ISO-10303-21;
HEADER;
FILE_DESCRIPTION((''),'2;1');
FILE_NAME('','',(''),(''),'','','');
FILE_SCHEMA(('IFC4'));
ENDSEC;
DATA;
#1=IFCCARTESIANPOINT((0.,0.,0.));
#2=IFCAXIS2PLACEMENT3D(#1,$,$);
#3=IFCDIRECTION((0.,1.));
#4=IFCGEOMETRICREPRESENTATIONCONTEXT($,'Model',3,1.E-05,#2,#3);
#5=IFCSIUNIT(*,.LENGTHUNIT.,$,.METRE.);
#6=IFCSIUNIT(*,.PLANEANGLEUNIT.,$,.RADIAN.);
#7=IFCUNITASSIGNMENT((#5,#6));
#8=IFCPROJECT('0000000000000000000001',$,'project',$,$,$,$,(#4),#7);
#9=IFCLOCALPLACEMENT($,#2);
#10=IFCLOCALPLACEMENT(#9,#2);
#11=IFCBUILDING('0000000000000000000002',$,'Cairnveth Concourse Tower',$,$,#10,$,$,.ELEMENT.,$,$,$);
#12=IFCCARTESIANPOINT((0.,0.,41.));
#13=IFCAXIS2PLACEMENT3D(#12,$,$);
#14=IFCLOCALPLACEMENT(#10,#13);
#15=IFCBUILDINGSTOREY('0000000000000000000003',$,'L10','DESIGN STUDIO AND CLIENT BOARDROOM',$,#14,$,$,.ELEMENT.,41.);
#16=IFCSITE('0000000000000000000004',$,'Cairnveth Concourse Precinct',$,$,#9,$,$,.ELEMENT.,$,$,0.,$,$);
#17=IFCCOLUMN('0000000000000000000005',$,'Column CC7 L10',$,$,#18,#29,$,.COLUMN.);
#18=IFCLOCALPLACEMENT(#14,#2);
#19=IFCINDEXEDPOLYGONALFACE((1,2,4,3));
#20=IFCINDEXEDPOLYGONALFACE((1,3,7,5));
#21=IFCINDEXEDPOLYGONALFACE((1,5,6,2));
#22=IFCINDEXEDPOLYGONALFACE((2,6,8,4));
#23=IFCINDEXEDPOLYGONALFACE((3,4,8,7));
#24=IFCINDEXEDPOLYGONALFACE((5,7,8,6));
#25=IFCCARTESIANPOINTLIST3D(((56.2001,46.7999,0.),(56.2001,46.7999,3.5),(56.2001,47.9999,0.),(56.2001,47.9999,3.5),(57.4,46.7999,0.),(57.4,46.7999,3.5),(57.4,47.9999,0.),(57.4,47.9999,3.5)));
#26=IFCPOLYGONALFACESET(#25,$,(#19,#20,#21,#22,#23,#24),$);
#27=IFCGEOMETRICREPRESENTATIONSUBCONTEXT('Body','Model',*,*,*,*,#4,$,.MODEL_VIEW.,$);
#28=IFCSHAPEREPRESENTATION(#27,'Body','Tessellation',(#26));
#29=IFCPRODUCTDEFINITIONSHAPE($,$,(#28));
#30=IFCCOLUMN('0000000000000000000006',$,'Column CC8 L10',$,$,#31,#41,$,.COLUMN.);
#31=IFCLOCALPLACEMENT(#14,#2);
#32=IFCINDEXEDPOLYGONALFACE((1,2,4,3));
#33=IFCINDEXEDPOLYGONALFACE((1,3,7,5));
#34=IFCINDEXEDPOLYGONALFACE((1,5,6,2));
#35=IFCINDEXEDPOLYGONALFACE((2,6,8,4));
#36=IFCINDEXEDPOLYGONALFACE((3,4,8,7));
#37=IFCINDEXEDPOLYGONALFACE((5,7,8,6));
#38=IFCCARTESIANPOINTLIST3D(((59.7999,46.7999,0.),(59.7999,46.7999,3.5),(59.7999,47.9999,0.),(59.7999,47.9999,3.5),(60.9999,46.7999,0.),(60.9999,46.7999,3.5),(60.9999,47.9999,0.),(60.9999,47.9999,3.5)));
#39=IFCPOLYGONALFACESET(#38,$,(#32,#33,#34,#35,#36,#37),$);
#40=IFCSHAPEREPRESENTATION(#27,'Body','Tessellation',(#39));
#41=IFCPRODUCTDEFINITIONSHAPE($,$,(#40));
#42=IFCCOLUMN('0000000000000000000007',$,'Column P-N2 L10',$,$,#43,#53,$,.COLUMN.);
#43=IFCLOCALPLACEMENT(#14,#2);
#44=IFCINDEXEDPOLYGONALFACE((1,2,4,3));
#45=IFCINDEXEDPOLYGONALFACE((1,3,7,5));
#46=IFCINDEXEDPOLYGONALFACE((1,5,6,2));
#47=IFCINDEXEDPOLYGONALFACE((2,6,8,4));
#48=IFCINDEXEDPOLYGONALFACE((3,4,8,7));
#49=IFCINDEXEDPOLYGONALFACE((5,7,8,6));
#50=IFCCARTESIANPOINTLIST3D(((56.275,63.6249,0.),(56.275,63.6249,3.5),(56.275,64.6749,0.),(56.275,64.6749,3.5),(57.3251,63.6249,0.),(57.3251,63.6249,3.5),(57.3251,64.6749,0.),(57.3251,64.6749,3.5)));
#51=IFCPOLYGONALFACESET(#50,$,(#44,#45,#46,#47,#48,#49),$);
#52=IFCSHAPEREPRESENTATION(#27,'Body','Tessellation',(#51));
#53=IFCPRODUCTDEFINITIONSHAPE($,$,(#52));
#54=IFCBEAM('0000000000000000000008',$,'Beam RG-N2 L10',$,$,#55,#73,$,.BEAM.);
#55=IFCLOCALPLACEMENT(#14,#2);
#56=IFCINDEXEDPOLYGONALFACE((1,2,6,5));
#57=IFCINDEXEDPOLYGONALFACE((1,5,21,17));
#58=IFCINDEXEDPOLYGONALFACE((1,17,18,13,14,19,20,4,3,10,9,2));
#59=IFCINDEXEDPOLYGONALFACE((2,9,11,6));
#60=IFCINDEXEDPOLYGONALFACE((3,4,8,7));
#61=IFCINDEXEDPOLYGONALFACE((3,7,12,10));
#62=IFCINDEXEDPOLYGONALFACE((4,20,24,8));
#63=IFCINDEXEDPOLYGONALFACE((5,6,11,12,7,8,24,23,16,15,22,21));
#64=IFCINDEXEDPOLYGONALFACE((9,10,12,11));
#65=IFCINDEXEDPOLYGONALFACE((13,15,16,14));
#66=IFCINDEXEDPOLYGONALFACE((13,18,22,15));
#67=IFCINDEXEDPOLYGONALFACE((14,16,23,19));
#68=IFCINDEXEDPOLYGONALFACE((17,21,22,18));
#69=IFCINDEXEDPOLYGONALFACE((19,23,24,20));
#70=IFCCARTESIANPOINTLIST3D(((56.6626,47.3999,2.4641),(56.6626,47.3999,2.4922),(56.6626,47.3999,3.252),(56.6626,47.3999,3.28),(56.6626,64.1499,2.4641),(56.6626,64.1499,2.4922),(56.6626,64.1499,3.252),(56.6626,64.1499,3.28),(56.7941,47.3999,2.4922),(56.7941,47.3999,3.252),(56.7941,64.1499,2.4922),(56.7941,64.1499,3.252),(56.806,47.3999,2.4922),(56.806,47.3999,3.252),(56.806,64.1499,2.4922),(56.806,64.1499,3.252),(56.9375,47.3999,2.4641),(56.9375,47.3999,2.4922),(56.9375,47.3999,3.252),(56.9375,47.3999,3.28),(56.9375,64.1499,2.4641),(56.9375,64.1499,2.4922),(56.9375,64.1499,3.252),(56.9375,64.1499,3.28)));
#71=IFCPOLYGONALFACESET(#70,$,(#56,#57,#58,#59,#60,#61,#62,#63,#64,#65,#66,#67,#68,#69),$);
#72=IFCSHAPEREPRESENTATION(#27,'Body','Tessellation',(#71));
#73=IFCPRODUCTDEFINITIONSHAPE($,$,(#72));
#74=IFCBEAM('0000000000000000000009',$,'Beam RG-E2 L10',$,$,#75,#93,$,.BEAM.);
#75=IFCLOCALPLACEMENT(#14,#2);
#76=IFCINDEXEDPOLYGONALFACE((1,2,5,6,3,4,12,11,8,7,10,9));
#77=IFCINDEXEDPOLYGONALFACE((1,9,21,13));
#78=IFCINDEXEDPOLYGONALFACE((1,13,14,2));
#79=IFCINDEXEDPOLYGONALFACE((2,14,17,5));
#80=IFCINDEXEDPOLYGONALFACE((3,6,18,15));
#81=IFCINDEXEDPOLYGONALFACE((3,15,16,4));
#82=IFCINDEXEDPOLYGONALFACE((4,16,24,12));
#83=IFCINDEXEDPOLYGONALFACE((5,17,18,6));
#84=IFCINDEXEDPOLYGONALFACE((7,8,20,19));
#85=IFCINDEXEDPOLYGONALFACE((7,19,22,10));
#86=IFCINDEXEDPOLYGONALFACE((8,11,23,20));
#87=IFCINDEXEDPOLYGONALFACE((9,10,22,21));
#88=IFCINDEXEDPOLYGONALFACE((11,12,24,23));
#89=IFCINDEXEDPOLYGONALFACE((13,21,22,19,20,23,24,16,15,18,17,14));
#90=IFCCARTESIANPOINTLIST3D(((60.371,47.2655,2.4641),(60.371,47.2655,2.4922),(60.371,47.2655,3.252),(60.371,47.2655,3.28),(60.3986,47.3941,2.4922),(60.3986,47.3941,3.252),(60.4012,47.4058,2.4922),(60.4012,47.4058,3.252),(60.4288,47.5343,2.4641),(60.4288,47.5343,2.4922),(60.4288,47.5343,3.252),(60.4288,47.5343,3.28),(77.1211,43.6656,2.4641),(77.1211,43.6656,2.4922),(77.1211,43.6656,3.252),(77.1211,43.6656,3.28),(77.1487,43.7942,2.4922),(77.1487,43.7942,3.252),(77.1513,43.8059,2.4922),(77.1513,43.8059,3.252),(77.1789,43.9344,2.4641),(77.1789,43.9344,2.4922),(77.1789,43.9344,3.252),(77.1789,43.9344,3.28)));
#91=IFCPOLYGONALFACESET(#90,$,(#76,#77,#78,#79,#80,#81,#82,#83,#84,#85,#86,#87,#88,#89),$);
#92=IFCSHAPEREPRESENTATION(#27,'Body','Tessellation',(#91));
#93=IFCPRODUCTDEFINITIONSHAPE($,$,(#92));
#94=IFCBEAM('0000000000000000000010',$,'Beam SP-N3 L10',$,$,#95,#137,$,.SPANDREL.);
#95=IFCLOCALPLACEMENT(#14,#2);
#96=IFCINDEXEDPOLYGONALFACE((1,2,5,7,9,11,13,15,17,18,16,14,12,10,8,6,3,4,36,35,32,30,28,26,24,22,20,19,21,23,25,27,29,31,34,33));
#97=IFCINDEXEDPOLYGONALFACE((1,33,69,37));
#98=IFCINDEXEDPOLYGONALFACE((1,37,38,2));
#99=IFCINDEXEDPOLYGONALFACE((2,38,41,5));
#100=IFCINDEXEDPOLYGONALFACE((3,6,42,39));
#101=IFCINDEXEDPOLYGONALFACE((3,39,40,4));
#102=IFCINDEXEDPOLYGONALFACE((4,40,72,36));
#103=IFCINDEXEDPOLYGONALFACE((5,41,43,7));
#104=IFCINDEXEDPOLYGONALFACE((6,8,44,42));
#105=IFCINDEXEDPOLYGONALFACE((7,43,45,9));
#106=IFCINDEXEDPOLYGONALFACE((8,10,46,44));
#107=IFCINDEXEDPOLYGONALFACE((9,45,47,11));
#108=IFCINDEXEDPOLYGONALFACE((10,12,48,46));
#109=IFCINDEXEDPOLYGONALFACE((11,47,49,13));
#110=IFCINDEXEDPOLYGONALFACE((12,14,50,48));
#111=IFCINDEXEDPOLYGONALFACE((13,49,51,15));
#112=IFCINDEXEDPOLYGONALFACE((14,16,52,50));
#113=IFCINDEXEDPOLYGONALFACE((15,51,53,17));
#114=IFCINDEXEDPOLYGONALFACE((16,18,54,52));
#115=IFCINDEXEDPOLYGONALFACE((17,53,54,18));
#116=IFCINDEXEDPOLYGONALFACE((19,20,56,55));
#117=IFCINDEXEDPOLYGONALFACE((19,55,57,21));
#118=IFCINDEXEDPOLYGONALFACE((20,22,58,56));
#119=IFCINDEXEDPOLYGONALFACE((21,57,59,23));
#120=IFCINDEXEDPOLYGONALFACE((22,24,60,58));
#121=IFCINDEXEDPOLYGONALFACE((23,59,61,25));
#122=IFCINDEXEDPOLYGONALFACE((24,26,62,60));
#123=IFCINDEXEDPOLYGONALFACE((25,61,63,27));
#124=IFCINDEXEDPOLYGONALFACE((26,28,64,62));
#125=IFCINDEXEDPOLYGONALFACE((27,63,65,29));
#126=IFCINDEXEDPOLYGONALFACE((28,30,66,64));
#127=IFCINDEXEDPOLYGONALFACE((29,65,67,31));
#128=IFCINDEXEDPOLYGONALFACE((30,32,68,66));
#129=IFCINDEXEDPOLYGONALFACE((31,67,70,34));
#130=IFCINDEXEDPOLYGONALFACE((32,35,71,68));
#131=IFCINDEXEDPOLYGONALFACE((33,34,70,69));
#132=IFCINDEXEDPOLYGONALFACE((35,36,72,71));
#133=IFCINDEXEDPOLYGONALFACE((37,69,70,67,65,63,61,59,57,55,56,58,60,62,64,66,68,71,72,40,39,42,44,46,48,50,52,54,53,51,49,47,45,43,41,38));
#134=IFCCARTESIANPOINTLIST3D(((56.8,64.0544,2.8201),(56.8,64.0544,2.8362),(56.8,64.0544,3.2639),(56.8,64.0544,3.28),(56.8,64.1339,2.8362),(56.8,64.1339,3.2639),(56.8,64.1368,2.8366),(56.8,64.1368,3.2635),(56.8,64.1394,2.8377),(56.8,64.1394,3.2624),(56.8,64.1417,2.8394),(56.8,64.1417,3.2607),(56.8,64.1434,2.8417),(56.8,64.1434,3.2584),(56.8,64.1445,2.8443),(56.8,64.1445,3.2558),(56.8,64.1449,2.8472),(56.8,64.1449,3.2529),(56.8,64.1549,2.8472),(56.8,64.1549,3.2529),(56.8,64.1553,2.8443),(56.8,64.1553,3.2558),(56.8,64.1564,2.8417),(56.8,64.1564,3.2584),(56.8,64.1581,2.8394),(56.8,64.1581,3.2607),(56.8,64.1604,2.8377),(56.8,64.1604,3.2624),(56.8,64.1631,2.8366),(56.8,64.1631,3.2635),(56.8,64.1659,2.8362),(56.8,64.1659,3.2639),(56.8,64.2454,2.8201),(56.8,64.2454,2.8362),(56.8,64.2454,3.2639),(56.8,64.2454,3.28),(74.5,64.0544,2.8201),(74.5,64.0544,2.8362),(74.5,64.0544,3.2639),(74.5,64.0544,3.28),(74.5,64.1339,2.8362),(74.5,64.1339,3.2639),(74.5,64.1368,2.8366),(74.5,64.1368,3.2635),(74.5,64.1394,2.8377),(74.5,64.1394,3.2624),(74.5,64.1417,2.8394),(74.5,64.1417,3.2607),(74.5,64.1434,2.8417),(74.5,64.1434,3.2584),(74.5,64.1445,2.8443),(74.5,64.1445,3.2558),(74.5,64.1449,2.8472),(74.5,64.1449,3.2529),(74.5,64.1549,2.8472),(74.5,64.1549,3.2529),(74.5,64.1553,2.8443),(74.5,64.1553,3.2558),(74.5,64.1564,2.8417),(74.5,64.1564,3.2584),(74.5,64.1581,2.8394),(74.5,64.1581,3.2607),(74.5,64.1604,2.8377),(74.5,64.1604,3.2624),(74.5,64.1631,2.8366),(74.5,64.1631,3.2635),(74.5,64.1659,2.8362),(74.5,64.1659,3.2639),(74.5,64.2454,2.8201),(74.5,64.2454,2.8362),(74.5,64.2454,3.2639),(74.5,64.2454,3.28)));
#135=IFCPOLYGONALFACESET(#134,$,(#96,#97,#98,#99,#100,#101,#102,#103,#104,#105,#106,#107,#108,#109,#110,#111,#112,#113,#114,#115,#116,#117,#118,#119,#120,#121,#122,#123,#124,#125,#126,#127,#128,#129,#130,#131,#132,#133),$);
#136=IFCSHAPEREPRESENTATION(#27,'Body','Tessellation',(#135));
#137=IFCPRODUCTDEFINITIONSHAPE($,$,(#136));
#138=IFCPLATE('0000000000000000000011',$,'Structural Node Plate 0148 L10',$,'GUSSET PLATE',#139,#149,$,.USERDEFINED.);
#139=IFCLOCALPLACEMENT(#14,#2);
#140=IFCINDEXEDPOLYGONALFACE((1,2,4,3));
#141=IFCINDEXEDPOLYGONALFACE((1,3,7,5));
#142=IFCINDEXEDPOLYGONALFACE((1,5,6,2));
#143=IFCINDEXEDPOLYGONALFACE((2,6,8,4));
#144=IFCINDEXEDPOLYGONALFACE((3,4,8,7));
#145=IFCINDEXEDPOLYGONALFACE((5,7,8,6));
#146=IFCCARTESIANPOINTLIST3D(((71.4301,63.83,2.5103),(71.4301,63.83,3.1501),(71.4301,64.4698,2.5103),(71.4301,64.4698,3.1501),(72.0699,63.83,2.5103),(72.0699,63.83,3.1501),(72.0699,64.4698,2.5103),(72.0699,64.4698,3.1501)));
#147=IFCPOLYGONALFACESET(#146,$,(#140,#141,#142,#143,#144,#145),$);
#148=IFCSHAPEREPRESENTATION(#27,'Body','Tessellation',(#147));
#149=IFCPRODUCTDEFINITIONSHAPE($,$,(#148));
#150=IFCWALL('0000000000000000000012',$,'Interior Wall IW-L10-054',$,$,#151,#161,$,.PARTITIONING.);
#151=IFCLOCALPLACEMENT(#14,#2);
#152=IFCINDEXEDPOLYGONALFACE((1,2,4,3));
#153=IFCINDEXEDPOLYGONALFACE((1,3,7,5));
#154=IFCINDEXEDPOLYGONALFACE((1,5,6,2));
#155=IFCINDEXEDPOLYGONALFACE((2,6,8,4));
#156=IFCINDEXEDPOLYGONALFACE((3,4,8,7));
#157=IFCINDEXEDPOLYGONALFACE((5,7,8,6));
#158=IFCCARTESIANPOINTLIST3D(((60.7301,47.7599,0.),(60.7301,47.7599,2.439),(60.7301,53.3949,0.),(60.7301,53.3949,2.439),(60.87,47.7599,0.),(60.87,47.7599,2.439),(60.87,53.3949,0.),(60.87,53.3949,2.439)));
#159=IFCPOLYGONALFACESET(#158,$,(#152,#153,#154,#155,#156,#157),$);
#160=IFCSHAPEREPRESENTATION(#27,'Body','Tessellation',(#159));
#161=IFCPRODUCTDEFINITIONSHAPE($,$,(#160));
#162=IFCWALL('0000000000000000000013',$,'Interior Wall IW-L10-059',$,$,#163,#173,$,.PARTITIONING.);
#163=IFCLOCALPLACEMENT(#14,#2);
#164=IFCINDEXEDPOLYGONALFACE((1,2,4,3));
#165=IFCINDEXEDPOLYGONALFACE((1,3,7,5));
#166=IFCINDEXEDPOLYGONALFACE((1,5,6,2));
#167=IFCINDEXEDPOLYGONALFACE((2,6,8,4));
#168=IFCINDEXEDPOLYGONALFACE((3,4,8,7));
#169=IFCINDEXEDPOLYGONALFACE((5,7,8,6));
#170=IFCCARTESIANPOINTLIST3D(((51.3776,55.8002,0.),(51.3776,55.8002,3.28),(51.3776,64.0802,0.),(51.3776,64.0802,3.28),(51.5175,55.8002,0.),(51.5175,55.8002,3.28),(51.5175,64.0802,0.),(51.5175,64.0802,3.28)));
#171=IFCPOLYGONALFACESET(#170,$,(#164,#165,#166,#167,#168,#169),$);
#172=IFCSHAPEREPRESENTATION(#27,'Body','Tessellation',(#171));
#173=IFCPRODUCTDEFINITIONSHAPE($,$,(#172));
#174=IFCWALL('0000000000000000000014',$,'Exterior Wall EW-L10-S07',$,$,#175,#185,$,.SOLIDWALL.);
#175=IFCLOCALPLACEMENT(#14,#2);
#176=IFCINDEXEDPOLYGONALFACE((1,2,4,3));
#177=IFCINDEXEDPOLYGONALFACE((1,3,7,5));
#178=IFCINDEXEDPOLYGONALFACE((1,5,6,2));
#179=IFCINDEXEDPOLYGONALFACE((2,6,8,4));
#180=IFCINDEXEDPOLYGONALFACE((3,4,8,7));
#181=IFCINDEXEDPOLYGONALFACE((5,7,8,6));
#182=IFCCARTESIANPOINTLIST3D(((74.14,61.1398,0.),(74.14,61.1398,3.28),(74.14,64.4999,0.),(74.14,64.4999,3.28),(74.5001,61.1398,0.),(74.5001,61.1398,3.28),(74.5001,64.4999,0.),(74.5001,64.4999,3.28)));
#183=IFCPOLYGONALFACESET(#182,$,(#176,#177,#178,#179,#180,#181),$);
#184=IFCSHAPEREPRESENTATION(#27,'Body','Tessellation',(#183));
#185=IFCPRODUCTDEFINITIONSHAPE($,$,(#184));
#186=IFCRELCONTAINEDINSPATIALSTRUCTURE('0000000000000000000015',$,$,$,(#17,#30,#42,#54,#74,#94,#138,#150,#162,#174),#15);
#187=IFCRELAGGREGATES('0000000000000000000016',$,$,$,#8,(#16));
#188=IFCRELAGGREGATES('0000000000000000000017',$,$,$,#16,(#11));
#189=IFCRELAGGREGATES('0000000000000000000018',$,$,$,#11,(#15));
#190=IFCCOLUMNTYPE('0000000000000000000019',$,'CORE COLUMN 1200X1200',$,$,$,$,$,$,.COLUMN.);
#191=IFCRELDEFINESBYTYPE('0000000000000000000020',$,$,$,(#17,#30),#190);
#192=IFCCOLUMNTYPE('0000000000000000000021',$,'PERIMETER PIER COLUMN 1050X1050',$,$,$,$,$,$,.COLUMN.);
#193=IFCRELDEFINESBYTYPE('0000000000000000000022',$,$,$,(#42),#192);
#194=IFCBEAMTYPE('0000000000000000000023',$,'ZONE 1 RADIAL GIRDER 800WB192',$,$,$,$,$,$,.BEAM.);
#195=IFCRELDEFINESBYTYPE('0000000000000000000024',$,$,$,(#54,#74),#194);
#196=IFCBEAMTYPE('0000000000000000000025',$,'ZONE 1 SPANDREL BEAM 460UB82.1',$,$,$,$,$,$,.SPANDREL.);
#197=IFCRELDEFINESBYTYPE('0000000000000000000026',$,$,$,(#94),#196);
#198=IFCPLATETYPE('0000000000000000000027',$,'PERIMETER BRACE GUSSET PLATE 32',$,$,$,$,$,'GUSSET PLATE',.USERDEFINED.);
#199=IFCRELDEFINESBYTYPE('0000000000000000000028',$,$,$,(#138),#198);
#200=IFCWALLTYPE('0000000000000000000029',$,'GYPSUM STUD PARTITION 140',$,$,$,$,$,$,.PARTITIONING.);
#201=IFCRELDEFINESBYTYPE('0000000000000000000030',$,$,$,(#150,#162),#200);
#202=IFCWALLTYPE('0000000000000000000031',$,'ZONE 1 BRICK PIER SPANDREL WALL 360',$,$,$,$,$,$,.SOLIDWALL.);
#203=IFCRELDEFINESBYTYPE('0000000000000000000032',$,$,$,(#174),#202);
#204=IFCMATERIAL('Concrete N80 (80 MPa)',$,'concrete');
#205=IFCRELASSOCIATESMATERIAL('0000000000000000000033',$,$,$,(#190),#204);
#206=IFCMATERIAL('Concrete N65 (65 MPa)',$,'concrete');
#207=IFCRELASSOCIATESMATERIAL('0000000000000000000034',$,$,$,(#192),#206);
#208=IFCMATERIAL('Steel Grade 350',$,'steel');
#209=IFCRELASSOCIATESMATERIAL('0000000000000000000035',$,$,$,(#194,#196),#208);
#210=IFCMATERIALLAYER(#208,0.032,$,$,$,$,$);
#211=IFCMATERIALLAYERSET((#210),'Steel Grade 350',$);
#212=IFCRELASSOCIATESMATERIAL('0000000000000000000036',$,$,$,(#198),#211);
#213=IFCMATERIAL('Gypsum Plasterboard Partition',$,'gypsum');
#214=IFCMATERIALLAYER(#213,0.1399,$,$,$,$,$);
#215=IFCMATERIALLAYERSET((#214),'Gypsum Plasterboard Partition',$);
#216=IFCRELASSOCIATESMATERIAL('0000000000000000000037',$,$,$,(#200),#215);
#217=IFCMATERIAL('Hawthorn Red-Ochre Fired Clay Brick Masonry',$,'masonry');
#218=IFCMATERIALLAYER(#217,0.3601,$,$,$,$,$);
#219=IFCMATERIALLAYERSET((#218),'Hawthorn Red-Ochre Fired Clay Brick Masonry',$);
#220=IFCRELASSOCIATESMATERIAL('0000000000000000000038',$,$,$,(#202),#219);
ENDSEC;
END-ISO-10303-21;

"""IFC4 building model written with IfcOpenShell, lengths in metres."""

from ifc_helpers import new_model, si_unit, direction, frame, frame_2d, origin, origin_2d, place, context, subcontext, project, spatial, rectangle, i_section, extrude, material, layer, layer_set, material_profile, profile_set, type_object, element, save


model = new_model("IFC4")

# Units and contexts
model_context = context("Model", 3, precision=1e-05, world=origin(), true_north=direction((0.0, 1.0)))
body_context = subcontext(model_context, "Body", "Model", "MODEL_VIEW")
ifc_project = project(units=[si_unit("LENGTHUNIT", "METRE"), si_unit("PLANEANGLEUNIT", "RADIAN")], contexts=[model_context])

# Site, building, storey
site_placement = place(None, origin())
site = spatial("IfcSite", under=ifc_project, at=site_placement, Name="Cairnveth Concourse Precinct", CompositionType="ELEMENT", RefElevation=0.0)
building_placement = place(site_placement, origin())
building = spatial("IfcBuilding", under=site, at=building_placement, Name="Cairnveth Concourse Tower", CompositionType="ELEMENT")
storey_placement = place(building_placement, frame((0.0, 0.0, 41.0)))
storey = spatial("IfcBuildingStorey", under=building, at=storey_placement, Name="L10", Description="DESIGN STUDIO AND CLIENT BOARDROOM", CompositionType="ELEMENT", Elevation=41.0)

# Columns
ifc_material_1 = material(Name="Concrete N80 (80 MPa)", Category="concrete")
ifc_material_profile_1 = material_profile(ifc_material_1, rectangle(XDim=1.2, YDim=1.2, at=origin_2d()), Name="RC-COL-1200x1200")
ifc_profile_set_1 = profile_set([ifc_material_profile_1], Name="Concrete N80 (80 MPa)")
column_type_1 = type_object("IfcColumnType", Name="CORE COLUMN 1200X1200", PredefinedType="COLUMN", material=ifc_profile_set_1)
for number, where, z_axis, x_axis, name in (
    (1, (56.8, 47.3999, 0.0), (0.0, 0.0, 1.0), (1.0, 0.0, 0.0), "Column CC7 L10"),
    (2, (60.3999, 47.3999, 0.0), (0.0, 0.0, 1.0), (1.0, 0.0, 0.0), "Column CC8 L10"),
):
    element("IfcColumn", number, at=place(storey_placement, frame(where, z_axis=z_axis, x_axis=x_axis)), inside=storey, type_object=column_type_1, Name=name, PredefinedType="COLUMN", context=body_context, shape_type="SweptSolid", body=[
        extrude(rectangle(XDim=1.2, YDim=1.2, at=origin_2d()), origin(), (0.0, 0.0, 1.0), 3.5),
    ])
ifc_material_2 = material(Name="Concrete N65 (65 MPa)", Category="concrete")
ifc_material_profile_2 = material_profile(ifc_material_2, rectangle(XDim=1.05, YDim=1.05, at=origin_2d()), Name="RC-COL-1050x1050")
ifc_profile_set_2 = profile_set([ifc_material_profile_2], Name="Concrete N65 (65 MPa)")
column_type_2 = type_object("IfcColumnType", Name="PERIMETER PIER COLUMN 1050X1050", PredefinedType="COLUMN", material=ifc_profile_set_2)
column_placement = place(storey_placement, frame((56.8, 64.1499, 0.0), z_axis=(0.0, 0.0, 1.0), x_axis=(1.0, 0.0, 0.0)))
element("IfcColumn", 3, at=column_placement, inside=storey, type_object=column_type_2, Name="Column P-N2 L10", PredefinedType="COLUMN", context=body_context, shape_type="SweptSolid", body=[
    extrude(rectangle(XDim=1.05, YDim=1.05, at=origin_2d()), origin(), (0.0, 0.0, 1.0), 3.5),
])

# Beams
ifc_material_3 = material(Name="Steel Grade 350", Category="steel")
ifc_material_profile_3 = material_profile(ifc_material_3, i_section(OverallWidth=0.2749, OverallDepth=0.8159, WebThickness=0.012, FlangeThickness=0.0281, at=origin_2d()), Name="800WB192")
ifc_profile_set_3 = profile_set([ifc_material_profile_3], Name="Steel Grade 350")
beam_type_1 = type_object("IfcBeamType", Name="ZONE 1 RADIAL GIRDER 800WB192", PredefinedType="BEAM", material=ifc_profile_set_3)
beam_1_placement = place(storey_placement, frame((56.8, 47.3999, 2.8721), z_axis=(0.0, 1.0, 0.0), x_axis=(-1.0, 0.0, 0.0)))
element("IfcBeam", 4, at=beam_1_placement, inside=storey, type_object=beam_type_1, Name="Beam RG-N2 L10", PredefinedType="BEAM", context=body_context, shape_type="SweptSolid", body=[
    extrude(i_section(OverallWidth=0.2749, OverallDepth=0.8159, WebThickness=0.012, FlangeThickness=0.0281, at=origin_2d()), origin(), (0.0, 0.0, 1.0), 16.75),
])
beam_2_placement = place(storey_placement, frame((60.3999, 47.3999, 2.8721), z_axis=(0.977676, -0.210119, 0.0), x_axis=(0.210119, 0.977676, 0.0)))
element("IfcBeam", 5, at=beam_2_placement, inside=storey, type_object=beam_type_1, Name="Beam RG-E2 L10", PredefinedType="BEAM", context=body_context, shape_type="SweptSolid", body=[
    extrude(i_section(OverallWidth=0.2749, OverallDepth=0.8159, WebThickness=0.012, FlangeThickness=0.0281, at=origin_2d()), origin(), (0.0, 0.0, 1.0), 17.1326),
])
ifc_material_profile_4 = material_profile(ifc_material_3, i_section(OverallWidth=0.1909, OverallDepth=0.46, WebThickness=0.01, FlangeThickness=0.0161, FilletRadius=0.011, at=origin_2d()), Name="460UB82.1")
ifc_profile_set_4 = profile_set([ifc_material_profile_4], Name="Steel Grade 350")
beam_type_2 = type_object("IfcBeamType", Name="ZONE 1 SPANDREL BEAM 460UB82.1", PredefinedType="SPANDREL", material=ifc_profile_set_4)
beam_3_placement = place(storey_placement, frame((56.8, 64.1499, 3.05), z_axis=(1.0, 0.0, 0.0), x_axis=(0.0, 1.0, 0.0)))
element("IfcBeam", 6, at=beam_3_placement, inside=storey, type_object=beam_type_2, Name="Beam SP-N3 L10", PredefinedType="SPANDREL", context=body_context, shape_type="SweptSolid", body=[
    extrude(i_section(OverallWidth=0.1909, OverallDepth=0.46, WebThickness=0.01, FlangeThickness=0.0161, FilletRadius=0.011, at=origin_2d()), origin(), (0.0, 0.0, 1.0), 17.7),
])

# Plate
ifc_layer_1 = layer(ifc_material_3, 0.032)
ifc_layer_set_1 = layer_set([ifc_layer_1], Name="Steel Grade 350")
plate_type = type_object("IfcPlateType", Name="PERIMETER BRACE GUSSET PLATE 32", ElementType="GUSSET PLATE", PredefinedType="USERDEFINED", material=ifc_layer_set_1)
plate_placement = place(storey_placement, frame((71.75, 64.1499, 2.5103), z_axis=(0.0, 0.0, 1.0), x_axis=(1.0, 0.0, 0.0)))
element("IfcPlate", 7, at=plate_placement, inside=storey, type_object=plate_type, Name="Structural Node Plate 0148 L10", ObjectType="GUSSET PLATE", PredefinedType="USERDEFINED", context=body_context, shape_type="SweptSolid", body=[
    extrude(rectangle(XDim=0.6399, YDim=0.6399, at=origin_2d()), origin(), (0.0, 0.0, 1.0), 0.6399),
])

# Walls
ifc_material_4 = material(Name="Gypsum Plasterboard Partition", Category="gypsum")
ifc_layer_2 = layer(ifc_material_4, 0.1399)
ifc_layer_set_2 = layer_set([ifc_layer_2], Name="Gypsum Plasterboard Partition")
wall_type_1 = type_object("IfcWallType", Name="GYPSUM STUD PARTITION 140", PredefinedType="PARTITIONING", material=ifc_layer_set_2)
wall_1_placement = place(storey_placement, frame((60.8, 47.76, 0.0), z_axis=(0.0, 0.0, 1.0), x_axis=(0.0, 1.0, 0.0)))
element("IfcWall", 8, at=wall_1_placement, inside=storey, type_object=wall_type_1, Name="Interior Wall IW-L10-054", PredefinedType="PARTITIONING", context=body_context, shape_type="SweptSolid", body=[
    extrude(rectangle(XDim=5.635, YDim=0.1399, at=frame_2d((2.8174, 0.0))), origin(), (0.0, 0.0, 1.0), 2.439),
])
wall_2_placement = place(storey_placement, frame((51.4475, 55.8, 0.0), z_axis=(0.0, 0.0, 1.0), x_axis=(0.0, 1.0, 0.0)))
element("IfcWall", 9, at=wall_2_placement, inside=storey, type_object=wall_type_1, Name="Interior Wall IW-L10-059", PredefinedType="PARTITIONING", context=body_context, shape_type="SweptSolid", body=[
    extrude(rectangle(XDim=8.28, YDim=0.1399, at=frame_2d((4.1401, 0.0))), origin(), (0.0, 0.0, 1.0), 3.28),
])
ifc_material_5 = material(Name="Hawthorn Red-Ochre Fired Clay Brick Masonry", Category="masonry")
ifc_layer_3 = layer(ifc_material_5, 0.3601)
ifc_layer_set_3 = layer_set([ifc_layer_3], Name="Hawthorn Red-Ochre Fired Clay Brick Masonry")
wall_type_2 = type_object("IfcWallType", Name="ZONE 1 BRICK PIER SPANDREL WALL 360", PredefinedType="SOLIDWALL", material=ifc_layer_set_3)
wall_3_placement = place(storey_placement, frame((74.3201, 64.5, 0.0), z_axis=(0.0, 0.0, 1.0), x_axis=(0.0, -1.0, 0.0)))
element("IfcWall", 10, at=wall_3_placement, inside=storey, type_object=wall_type_2, Name="Exterior Wall EW-L10-S07", PredefinedType="SOLIDWALL", context=body_context, shape_type="SweptSolid", body=[
    extrude(rectangle(XDim=3.3601, YDim=0.3601, at=frame_2d((1.6802, 0.0))), origin(), (0.0, 0.0, 1.0), 3.28),
])

save(model, "model.ifc")
